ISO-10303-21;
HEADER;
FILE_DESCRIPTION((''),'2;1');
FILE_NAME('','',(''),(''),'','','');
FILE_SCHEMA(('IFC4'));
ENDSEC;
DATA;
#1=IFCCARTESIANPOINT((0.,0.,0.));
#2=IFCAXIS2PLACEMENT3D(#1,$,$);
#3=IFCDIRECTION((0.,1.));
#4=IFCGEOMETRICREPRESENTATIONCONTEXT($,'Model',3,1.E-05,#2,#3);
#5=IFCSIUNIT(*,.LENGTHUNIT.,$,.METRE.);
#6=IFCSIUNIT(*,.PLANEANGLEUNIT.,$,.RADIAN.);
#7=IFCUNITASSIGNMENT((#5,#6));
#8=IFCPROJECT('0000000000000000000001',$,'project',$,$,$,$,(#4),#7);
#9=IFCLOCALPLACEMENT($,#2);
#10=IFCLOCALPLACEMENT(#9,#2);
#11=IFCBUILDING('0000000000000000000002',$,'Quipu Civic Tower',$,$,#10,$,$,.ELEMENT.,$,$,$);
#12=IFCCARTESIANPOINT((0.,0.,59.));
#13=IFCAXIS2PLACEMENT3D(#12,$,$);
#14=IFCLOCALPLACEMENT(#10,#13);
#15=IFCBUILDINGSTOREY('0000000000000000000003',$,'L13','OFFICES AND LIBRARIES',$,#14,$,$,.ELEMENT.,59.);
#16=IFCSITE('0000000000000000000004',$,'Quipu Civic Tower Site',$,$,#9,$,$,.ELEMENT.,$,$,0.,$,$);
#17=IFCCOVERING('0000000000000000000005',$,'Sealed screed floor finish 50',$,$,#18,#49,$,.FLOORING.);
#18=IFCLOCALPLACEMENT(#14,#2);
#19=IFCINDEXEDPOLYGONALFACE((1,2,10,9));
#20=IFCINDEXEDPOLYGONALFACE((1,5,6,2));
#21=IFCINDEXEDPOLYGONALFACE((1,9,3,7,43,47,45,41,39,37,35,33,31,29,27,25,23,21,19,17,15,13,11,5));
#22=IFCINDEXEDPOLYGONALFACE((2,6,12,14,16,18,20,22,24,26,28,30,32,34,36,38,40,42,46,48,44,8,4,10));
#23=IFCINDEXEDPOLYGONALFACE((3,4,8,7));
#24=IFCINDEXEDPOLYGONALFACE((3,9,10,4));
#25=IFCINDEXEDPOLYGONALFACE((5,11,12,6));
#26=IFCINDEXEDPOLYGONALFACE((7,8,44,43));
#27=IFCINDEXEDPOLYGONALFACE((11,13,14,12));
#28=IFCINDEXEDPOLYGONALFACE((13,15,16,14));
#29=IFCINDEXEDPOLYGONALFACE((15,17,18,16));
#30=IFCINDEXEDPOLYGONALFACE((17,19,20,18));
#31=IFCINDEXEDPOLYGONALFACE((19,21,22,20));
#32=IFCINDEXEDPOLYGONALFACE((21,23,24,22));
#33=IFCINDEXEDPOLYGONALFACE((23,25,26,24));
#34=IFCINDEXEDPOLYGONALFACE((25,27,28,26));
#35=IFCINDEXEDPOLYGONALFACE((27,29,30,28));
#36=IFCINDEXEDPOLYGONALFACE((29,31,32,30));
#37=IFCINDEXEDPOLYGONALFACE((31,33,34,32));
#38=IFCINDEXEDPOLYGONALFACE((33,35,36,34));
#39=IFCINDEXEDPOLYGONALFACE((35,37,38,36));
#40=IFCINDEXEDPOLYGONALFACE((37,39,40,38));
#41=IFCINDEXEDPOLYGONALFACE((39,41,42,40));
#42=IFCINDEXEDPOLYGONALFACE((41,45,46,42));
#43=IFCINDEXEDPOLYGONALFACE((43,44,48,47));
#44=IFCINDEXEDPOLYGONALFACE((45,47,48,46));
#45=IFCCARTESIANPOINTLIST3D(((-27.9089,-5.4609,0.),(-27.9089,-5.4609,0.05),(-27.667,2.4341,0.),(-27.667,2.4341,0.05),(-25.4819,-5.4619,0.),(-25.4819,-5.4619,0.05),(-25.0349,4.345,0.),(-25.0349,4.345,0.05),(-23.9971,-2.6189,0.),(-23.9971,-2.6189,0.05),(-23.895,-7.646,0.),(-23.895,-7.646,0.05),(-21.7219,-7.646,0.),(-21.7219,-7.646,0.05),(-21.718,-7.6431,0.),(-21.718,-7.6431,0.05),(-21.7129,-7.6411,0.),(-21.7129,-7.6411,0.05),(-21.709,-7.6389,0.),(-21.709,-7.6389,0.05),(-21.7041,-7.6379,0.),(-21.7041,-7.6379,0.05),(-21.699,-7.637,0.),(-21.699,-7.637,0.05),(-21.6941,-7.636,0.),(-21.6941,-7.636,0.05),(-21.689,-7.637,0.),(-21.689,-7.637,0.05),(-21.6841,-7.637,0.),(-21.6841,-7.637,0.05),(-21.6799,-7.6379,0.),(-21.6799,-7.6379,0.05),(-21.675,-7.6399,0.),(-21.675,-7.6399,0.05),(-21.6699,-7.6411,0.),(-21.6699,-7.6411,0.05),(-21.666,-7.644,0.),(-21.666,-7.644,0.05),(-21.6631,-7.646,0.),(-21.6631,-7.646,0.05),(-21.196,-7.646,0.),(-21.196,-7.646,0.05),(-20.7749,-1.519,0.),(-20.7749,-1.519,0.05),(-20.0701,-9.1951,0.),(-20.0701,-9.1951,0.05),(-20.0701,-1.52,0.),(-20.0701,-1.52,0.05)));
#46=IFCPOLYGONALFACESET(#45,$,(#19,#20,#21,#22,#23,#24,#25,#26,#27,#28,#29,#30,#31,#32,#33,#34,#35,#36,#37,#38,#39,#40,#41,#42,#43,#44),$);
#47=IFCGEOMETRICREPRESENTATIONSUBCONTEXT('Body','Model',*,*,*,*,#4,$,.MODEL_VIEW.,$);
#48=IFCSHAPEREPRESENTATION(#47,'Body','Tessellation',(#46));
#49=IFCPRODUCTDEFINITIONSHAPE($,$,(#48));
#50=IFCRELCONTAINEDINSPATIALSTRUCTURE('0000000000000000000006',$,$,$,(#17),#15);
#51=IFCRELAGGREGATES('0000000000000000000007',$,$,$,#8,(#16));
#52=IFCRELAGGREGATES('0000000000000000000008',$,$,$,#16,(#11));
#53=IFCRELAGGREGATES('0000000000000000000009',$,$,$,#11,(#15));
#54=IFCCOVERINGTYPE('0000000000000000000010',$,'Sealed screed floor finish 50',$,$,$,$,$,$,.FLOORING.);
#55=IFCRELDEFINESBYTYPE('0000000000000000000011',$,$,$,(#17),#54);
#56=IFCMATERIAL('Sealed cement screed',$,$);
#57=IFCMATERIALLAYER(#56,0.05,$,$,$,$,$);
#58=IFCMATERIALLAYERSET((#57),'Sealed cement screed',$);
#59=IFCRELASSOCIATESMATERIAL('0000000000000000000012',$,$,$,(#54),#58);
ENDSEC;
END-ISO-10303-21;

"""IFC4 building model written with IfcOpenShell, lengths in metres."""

from ifc_helpers import new_model, si_unit, direction, frame, origin, place, context, subcontext, project, spatial, polyline, outline, extrude, material, layer, layer_set, type_object, element, save


model = new_model("IFC4")

# Units and contexts
model_context = context("Model", 3, precision=1e-05, world=origin(), true_north=direction((0.0, 1.0)))
body_context = subcontext(model_context, "Body", "Model", "MODEL_VIEW")
ifc_project = project(units=[si_unit("LENGTHUNIT", "METRE"), si_unit("PLANEANGLEUNIT", "RADIAN")], contexts=[model_context])

# Site, building, storey
site_placement = place(None, origin())
site = spatial("IfcSite", under=ifc_project, at=site_placement, Name="Quipu Civic Tower Site", CompositionType="ELEMENT", RefElevation=0.0)
building_placement = place(site_placement, origin())
building = spatial("IfcBuilding", under=site, at=building_placement, Name="Quipu Civic Tower", CompositionType="ELEMENT")
storey_placement = place(building_placement, frame((0.0, 0.0, 59.0)))
storey = spatial("IfcBuildingStorey", under=building, at=storey_placement, Name="L13", Description="OFFICES AND LIBRARIES", CompositionType="ELEMENT", Elevation=59.0)

# Covering
ifc_material_1 = material(Name="Sealed cement screed")
ifc_layer_1 = layer(ifc_material_1, 0.05)
ifc_layer_set_1 = layer_set([ifc_layer_1], Name="Sealed cement screed")
covering_type_1 = type_object("IfcCoveringType", Name="Sealed screed floor finish 50", PredefinedType="FLOORING", material=ifc_layer_set_1)
covering_1_placement = place(storey_placement, origin())
element("IfcCovering", 1, at=covering_1_placement, inside=storey, type_object=covering_type_1, Name="Sealed screed floor finish 50", PredefinedType="FLOORING", context=body_context, shape_type="SweptSolid", body=[
    extrude(outline(polyline([(-27.9089, -5.4609), (-23.9971, -2.6189), (-27.667, 2.4341), (-25.0349, 4.345), (-20.7749, -1.519), (-20.0701, -1.52), (-20.0701, -9.1951), (-21.196, -7.646), (-21.6631, -7.646), (-21.666, -7.644), (-21.6699, -7.6411), (-21.675, -7.6399), (-21.6799, -7.6379), (-21.6841, -7.637), (-21.689, -7.637), (-21.6941, -7.636), (-21.699, -7.637), (-21.7041, -7.6379), (-21.709, -7.6389), (-21.7129, -7.6411), (-21.718, -7.6431), (-21.7219, -7.646), (-21.7219, -7.646), (-23.895, -7.646), (-25.4819, -5.4619), (-27.9089, -5.4609)])), origin(), (0.0, 0.0, 1.0), 0.05),
])

save(model, "model.ifc")
